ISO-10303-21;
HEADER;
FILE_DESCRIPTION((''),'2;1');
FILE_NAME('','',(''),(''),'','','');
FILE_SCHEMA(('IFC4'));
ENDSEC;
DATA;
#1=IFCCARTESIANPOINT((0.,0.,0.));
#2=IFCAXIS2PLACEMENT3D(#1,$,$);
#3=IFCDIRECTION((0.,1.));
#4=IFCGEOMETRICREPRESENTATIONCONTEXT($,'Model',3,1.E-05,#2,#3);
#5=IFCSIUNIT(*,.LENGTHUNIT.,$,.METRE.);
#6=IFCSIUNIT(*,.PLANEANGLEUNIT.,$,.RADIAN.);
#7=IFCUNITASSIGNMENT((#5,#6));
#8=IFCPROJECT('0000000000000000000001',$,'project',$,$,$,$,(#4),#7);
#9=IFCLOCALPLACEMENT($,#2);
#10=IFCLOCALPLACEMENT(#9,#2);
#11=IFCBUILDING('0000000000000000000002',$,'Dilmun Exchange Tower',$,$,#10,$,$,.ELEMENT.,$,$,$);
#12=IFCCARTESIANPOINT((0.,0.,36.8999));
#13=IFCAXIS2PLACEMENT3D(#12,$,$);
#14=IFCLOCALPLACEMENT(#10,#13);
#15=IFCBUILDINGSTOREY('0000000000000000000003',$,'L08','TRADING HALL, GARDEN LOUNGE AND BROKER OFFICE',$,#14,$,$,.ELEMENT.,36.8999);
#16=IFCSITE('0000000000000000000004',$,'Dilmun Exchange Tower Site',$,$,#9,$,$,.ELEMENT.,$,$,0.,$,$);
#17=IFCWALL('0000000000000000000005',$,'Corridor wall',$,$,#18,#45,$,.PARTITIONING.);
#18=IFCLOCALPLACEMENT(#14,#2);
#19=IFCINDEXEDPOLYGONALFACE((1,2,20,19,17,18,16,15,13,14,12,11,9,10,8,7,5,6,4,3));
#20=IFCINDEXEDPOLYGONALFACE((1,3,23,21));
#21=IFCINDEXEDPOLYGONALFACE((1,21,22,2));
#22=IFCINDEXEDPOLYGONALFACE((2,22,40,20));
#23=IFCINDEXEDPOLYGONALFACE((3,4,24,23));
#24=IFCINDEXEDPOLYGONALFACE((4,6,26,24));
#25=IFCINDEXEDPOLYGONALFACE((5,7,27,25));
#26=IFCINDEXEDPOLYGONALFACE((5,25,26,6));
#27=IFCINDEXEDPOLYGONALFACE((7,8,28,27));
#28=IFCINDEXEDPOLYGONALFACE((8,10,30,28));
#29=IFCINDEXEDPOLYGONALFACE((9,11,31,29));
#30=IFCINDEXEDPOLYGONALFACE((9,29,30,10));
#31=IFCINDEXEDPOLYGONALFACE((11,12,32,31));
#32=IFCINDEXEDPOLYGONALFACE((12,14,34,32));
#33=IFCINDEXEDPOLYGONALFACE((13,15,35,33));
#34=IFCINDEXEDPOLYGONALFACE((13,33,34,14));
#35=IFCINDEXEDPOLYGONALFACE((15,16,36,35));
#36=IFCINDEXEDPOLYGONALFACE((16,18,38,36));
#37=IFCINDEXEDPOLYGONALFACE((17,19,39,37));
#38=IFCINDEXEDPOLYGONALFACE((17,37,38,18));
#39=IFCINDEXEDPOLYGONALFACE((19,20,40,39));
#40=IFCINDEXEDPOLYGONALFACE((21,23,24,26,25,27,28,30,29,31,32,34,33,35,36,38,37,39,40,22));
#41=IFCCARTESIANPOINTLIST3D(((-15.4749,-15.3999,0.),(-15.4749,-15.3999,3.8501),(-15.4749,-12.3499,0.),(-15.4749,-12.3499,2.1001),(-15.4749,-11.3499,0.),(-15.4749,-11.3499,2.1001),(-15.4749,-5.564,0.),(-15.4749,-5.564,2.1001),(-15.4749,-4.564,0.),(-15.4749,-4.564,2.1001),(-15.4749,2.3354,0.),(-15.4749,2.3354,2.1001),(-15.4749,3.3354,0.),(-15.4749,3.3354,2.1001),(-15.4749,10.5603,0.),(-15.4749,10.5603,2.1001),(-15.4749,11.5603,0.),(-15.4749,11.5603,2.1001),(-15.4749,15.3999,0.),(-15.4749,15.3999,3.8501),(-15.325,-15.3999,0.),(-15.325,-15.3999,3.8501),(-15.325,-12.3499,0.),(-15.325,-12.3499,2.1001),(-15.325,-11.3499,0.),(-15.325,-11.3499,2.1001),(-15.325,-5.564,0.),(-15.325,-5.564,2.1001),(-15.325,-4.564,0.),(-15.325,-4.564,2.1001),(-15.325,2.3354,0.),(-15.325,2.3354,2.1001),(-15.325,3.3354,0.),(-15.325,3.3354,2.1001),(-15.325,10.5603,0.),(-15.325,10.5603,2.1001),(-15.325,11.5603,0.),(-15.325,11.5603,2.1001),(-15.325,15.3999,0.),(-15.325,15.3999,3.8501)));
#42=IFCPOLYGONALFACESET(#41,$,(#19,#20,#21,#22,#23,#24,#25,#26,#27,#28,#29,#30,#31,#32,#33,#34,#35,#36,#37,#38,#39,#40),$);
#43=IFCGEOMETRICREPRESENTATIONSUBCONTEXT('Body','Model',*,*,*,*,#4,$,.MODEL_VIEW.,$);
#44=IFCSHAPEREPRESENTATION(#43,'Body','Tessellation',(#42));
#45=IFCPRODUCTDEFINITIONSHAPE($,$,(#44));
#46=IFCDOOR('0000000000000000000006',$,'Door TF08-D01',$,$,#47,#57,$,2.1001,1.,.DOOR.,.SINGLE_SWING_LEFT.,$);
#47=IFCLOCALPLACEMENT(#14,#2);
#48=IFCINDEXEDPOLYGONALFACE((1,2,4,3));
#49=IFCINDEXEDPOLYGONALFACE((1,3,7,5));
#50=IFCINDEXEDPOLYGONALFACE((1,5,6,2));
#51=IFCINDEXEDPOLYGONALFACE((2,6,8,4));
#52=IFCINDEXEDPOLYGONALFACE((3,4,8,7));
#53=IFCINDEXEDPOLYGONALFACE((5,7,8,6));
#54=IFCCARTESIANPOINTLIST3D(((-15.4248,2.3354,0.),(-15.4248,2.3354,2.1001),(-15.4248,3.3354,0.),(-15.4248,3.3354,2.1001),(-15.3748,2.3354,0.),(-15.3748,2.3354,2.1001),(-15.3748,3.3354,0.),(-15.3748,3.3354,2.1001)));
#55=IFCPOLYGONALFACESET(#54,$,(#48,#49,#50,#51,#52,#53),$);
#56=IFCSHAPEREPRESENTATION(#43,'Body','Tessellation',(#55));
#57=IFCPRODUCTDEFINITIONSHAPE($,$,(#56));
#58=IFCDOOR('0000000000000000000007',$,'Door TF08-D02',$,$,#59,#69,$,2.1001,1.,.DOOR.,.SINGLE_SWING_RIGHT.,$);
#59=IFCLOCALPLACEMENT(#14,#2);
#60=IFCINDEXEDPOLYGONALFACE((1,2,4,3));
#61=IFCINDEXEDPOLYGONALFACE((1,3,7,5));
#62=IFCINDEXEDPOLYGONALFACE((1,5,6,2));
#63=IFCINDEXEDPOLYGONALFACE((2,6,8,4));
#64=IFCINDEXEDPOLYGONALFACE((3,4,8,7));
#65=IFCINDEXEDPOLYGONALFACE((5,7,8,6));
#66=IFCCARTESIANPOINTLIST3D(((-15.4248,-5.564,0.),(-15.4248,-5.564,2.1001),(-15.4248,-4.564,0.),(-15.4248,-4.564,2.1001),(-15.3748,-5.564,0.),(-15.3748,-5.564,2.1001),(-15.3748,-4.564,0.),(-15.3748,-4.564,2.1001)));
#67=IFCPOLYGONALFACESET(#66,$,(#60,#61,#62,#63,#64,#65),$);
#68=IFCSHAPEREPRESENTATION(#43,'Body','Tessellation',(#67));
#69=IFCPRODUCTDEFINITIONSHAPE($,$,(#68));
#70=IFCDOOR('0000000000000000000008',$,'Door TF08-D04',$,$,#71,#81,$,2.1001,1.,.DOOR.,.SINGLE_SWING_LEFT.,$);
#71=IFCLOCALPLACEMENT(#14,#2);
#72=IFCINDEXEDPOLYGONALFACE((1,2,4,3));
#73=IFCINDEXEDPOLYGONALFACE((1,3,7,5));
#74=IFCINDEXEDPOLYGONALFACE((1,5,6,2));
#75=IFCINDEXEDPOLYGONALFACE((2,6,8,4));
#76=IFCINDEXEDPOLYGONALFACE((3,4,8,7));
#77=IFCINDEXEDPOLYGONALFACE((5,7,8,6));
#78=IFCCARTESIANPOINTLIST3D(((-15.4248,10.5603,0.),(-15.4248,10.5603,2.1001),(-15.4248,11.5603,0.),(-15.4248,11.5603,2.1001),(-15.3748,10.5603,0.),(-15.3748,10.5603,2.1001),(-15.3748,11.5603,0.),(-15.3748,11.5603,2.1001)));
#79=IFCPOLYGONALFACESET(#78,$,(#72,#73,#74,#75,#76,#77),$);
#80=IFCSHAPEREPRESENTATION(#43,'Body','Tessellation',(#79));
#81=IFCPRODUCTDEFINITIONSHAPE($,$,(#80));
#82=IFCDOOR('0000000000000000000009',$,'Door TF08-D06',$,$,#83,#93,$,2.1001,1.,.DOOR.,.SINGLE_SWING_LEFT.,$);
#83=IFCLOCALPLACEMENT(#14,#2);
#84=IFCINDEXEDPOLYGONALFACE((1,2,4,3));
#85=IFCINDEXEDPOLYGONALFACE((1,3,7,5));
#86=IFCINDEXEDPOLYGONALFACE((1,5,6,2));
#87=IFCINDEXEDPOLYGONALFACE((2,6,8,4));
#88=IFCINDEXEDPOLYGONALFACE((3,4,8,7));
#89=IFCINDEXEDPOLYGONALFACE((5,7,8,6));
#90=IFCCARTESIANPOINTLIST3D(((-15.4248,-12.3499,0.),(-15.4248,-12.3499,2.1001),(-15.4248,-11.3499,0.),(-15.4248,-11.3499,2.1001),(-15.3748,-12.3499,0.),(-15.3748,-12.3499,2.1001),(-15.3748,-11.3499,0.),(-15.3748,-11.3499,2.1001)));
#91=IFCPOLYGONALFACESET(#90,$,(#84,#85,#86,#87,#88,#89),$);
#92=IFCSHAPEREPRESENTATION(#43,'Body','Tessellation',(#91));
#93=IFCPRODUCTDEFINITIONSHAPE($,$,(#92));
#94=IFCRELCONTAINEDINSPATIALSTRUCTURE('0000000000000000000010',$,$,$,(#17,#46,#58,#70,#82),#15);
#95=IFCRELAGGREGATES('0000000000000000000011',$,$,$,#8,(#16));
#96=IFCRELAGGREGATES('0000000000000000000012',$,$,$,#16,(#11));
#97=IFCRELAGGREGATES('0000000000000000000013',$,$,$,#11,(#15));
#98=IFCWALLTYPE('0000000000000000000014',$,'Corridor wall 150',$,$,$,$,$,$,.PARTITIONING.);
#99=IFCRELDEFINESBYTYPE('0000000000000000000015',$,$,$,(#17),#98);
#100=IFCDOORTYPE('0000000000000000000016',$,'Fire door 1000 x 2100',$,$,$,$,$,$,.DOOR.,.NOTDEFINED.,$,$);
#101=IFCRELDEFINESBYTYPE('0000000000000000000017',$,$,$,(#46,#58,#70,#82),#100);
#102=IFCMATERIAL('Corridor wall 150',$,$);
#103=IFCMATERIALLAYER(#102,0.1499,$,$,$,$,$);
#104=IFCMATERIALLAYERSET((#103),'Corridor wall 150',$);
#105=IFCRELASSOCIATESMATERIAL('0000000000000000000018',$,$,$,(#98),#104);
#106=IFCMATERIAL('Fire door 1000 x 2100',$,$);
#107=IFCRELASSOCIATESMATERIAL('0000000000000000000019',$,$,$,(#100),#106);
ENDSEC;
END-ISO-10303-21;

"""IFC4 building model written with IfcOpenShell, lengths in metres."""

from ifc_helpers import new_model, si_unit, direction, frame, frame_2d, origin, place, context, subcontext, project, spatial, rectangle, extrude, material, layer, layer_set, type_object, element, fill, save


model = new_model("IFC4")

# Units and contexts
model_context = context("Model", 3, precision=1e-05, world=origin(), true_north=direction((0.0, 1.0)))
body_context = subcontext(model_context, "Body", "Model", "MODEL_VIEW")
ifc_project = project(units=[si_unit("LENGTHUNIT", "METRE"), si_unit("PLANEANGLEUNIT", "RADIAN")], contexts=[model_context])

# Site, building, storey
site_placement = place(None, origin())
site = spatial("IfcSite", under=ifc_project, at=site_placement, Name="Dilmun Exchange Tower Site", CompositionType="ELEMENT", RefElevation=0.0)
building_placement = place(site_placement, origin())
building = spatial("IfcBuilding", under=site, at=building_placement, Name="Dilmun Exchange Tower", CompositionType="ELEMENT")
storey_placement = place(building_placement, frame((0.0, 0.0, 36.8999)))
storey = spatial("IfcBuildingStorey", under=building, at=storey_placement, Name="L08", Description="TRADING HALL, GARDEN LOUNGE AND BROKER OFFICE", CompositionType="ELEMENT", Elevation=36.8999)

# Wall, openings, doors
ifc_material_1 = material(Name="Corridor wall 150")
ifc_layer_1 = layer(ifc_material_1, 0.1499)
ifc_layer_set_1 = layer_set([ifc_layer_1], Name="Corridor wall 150")
wall_type_1 = type_object("IfcWallType", Name="Corridor wall 150", PredefinedType="PARTITIONING", material=ifc_layer_set_1)
wall_1_placement = place(storey_placement, frame((-15.3999, -15.3999, 0.0), z_axis=(0.0, 0.0, 1.0), x_axis=(0.0, 1.0, 0.0)))
wall_1 = element("IfcWall", 1, at=wall_1_placement, inside=storey, type_object=wall_type_1, Name="Corridor wall", PredefinedType="PARTITIONING", context=body_context, shape_type="SweptSolid", body=[
    extrude(rectangle(XDim=30.7998, YDim=0.1499, at=frame_2d((15.3999, 0.0))), origin(), (0.0, 0.0, 1.0), 3.8501),
])
opening_1_placement = place(wall_1_placement, frame((17.7354, 0.0, 0.0)))
opening_1 = element("IfcOpeningElement", 2, at=opening_1_placement, cuts=wall_1, PredefinedType="OPENING", context=body_context, shape_type="SweptSolid", body=[
    extrude(rectangle(XDim=1.0, YDim=2.1001, at=frame_2d((0.5, 1.05))), frame((0.0, 0.085, 0.0), z_axis=(0.0, -1.0, 0.0), x_axis=(1.0, 0.0, 0.0)), (0.0, 0.0, 1.0), 0.1699),
])
opening_2_placement = place(wall_1_placement, frame((9.8359, 0.0, 0.0)))
opening_2 = element("IfcOpeningElement", 3, at=opening_2_placement, cuts=wall_1, PredefinedType="OPENING", context=body_context, shape_type="SweptSolid", body=[
    extrude(rectangle(XDim=1.0, YDim=2.1001, at=frame_2d((0.5, 1.05))), frame((0.0, 0.085, 0.0), z_axis=(0.0, -1.0, 0.0), x_axis=(1.0, 0.0, 0.0)), (0.0, 0.0, 1.0), 0.1699),
])
opening_3_placement = place(wall_1_placement, frame((25.9602, 0.0, 0.0)))
opening_3 = element("IfcOpeningElement", 4, at=opening_3_placement, cuts=wall_1, PredefinedType="OPENING", context=body_context, shape_type="SweptSolid", body=[
    extrude(rectangle(XDim=1.0, YDim=2.1001, at=frame_2d((0.5, 1.05))), frame((0.0, 0.085, 0.0), z_axis=(0.0, -1.0, 0.0), x_axis=(1.0, 0.0, 0.0)), (0.0, 0.0, 1.0), 0.1699),
])
opening_4_placement = place(wall_1_placement, frame((3.05, 0.0, 0.0)))
opening_4 = element("IfcOpeningElement", 5, at=opening_4_placement, cuts=wall_1, PredefinedType="OPENING", context=body_context, shape_type="SweptSolid", body=[
    extrude(rectangle(XDim=1.0, YDim=2.1001, at=frame_2d((0.5, 1.05))), frame((0.0, 0.085, 0.0), z_axis=(0.0, -1.0, 0.0), x_axis=(1.0, 0.0, 0.0)), (0.0, 0.0, 1.0), 0.1699),
])
ifc_material_2 = material(Name="Fire door 1000 x 2100")
door_type_1 = type_object("IfcDoorType", Name="Fire door 1000 x 2100", OperationType="NOTDEFINED", PredefinedType="DOOR", material=ifc_material_2)
door_1_placement = place(opening_1_placement, origin())
door_1 = element("IfcDoor", 6, at=door_1_placement, inside=storey, type_object=door_type_1, Name="Door TF08-D01", OperationType="SINGLE_SWING_LEFT", OverallHeight=2.1001, OverallWidth=1.0, PredefinedType="DOOR", context=body_context, shape_type="SweptSolid", body=[
    extrude(rectangle(XDim=1.0, YDim=2.1001, at=frame_2d((0.5, 1.05))), frame((0.0, 0.0249, 0.0), z_axis=(0.0, -1.0, 0.0), x_axis=(1.0, 0.0, 0.0)), (0.0, 0.0, 1.0), 0.05),
])
fill(opening_1, door_1)
door_2_placement = place(opening_2_placement, origin())
door_2 = element("IfcDoor", 7, at=door_2_placement, inside=storey, type_object=door_type_1, Name="Door TF08-D02", OperationType="SINGLE_SWING_RIGHT", OverallHeight=2.1001, OverallWidth=1.0, PredefinedType="DOOR", context=body_context, shape_type="SweptSolid", body=[
    extrude(rectangle(XDim=1.0, YDim=2.1001, at=frame_2d((0.5, 1.05))), frame((0.0, 0.0249, 0.0), z_axis=(0.0, -1.0, 0.0), x_axis=(1.0, 0.0, 0.0)), (0.0, 0.0, 1.0), 0.05),
])
fill(opening_2, door_2)
door_3_placement = place(opening_3_placement, origin())
door_3 = element("IfcDoor", 8, at=door_3_placement, inside=storey, type_object=door_type_1, Name="Door TF08-D04", OperationType="SINGLE_SWING_LEFT", OverallHeight=2.1001, OverallWidth=1.0, PredefinedType="DOOR", context=body_context, shape_type="SweptSolid", body=[
    extrude(rectangle(XDim=1.0, YDim=2.1001, at=frame_2d((0.5, 1.05))), frame((0.0, 0.0249, 0.0), z_axis=(0.0, -1.0, 0.0), x_axis=(1.0, 0.0, 0.0)), (0.0, 0.0, 1.0), 0.05),
])
fill(opening_3, door_3)
door_4_placement = place(opening_4_placement, origin())
door_4 = element("IfcDoor", 9, at=door_4_placement, inside=storey, type_object=door_type_1, Name="Door TF08-D06", OperationType="SINGLE_SWING_LEFT", OverallHeight=2.1001, OverallWidth=1.0, PredefinedType="DOOR", context=body_context, shape_type="SweptSolid", body=[
    extrude(rectangle(XDim=1.0, YDim=2.1001, at=frame_2d((0.5, 1.05))), frame((0.0, 0.0249, 0.0), z_axis=(0.0, -1.0, 0.0), x_axis=(1.0, 0.0, 0.0)), (0.0, 0.0, 1.0), 0.05),
])
fill(opening_4, door_4)

save(model, "model.ifc")
